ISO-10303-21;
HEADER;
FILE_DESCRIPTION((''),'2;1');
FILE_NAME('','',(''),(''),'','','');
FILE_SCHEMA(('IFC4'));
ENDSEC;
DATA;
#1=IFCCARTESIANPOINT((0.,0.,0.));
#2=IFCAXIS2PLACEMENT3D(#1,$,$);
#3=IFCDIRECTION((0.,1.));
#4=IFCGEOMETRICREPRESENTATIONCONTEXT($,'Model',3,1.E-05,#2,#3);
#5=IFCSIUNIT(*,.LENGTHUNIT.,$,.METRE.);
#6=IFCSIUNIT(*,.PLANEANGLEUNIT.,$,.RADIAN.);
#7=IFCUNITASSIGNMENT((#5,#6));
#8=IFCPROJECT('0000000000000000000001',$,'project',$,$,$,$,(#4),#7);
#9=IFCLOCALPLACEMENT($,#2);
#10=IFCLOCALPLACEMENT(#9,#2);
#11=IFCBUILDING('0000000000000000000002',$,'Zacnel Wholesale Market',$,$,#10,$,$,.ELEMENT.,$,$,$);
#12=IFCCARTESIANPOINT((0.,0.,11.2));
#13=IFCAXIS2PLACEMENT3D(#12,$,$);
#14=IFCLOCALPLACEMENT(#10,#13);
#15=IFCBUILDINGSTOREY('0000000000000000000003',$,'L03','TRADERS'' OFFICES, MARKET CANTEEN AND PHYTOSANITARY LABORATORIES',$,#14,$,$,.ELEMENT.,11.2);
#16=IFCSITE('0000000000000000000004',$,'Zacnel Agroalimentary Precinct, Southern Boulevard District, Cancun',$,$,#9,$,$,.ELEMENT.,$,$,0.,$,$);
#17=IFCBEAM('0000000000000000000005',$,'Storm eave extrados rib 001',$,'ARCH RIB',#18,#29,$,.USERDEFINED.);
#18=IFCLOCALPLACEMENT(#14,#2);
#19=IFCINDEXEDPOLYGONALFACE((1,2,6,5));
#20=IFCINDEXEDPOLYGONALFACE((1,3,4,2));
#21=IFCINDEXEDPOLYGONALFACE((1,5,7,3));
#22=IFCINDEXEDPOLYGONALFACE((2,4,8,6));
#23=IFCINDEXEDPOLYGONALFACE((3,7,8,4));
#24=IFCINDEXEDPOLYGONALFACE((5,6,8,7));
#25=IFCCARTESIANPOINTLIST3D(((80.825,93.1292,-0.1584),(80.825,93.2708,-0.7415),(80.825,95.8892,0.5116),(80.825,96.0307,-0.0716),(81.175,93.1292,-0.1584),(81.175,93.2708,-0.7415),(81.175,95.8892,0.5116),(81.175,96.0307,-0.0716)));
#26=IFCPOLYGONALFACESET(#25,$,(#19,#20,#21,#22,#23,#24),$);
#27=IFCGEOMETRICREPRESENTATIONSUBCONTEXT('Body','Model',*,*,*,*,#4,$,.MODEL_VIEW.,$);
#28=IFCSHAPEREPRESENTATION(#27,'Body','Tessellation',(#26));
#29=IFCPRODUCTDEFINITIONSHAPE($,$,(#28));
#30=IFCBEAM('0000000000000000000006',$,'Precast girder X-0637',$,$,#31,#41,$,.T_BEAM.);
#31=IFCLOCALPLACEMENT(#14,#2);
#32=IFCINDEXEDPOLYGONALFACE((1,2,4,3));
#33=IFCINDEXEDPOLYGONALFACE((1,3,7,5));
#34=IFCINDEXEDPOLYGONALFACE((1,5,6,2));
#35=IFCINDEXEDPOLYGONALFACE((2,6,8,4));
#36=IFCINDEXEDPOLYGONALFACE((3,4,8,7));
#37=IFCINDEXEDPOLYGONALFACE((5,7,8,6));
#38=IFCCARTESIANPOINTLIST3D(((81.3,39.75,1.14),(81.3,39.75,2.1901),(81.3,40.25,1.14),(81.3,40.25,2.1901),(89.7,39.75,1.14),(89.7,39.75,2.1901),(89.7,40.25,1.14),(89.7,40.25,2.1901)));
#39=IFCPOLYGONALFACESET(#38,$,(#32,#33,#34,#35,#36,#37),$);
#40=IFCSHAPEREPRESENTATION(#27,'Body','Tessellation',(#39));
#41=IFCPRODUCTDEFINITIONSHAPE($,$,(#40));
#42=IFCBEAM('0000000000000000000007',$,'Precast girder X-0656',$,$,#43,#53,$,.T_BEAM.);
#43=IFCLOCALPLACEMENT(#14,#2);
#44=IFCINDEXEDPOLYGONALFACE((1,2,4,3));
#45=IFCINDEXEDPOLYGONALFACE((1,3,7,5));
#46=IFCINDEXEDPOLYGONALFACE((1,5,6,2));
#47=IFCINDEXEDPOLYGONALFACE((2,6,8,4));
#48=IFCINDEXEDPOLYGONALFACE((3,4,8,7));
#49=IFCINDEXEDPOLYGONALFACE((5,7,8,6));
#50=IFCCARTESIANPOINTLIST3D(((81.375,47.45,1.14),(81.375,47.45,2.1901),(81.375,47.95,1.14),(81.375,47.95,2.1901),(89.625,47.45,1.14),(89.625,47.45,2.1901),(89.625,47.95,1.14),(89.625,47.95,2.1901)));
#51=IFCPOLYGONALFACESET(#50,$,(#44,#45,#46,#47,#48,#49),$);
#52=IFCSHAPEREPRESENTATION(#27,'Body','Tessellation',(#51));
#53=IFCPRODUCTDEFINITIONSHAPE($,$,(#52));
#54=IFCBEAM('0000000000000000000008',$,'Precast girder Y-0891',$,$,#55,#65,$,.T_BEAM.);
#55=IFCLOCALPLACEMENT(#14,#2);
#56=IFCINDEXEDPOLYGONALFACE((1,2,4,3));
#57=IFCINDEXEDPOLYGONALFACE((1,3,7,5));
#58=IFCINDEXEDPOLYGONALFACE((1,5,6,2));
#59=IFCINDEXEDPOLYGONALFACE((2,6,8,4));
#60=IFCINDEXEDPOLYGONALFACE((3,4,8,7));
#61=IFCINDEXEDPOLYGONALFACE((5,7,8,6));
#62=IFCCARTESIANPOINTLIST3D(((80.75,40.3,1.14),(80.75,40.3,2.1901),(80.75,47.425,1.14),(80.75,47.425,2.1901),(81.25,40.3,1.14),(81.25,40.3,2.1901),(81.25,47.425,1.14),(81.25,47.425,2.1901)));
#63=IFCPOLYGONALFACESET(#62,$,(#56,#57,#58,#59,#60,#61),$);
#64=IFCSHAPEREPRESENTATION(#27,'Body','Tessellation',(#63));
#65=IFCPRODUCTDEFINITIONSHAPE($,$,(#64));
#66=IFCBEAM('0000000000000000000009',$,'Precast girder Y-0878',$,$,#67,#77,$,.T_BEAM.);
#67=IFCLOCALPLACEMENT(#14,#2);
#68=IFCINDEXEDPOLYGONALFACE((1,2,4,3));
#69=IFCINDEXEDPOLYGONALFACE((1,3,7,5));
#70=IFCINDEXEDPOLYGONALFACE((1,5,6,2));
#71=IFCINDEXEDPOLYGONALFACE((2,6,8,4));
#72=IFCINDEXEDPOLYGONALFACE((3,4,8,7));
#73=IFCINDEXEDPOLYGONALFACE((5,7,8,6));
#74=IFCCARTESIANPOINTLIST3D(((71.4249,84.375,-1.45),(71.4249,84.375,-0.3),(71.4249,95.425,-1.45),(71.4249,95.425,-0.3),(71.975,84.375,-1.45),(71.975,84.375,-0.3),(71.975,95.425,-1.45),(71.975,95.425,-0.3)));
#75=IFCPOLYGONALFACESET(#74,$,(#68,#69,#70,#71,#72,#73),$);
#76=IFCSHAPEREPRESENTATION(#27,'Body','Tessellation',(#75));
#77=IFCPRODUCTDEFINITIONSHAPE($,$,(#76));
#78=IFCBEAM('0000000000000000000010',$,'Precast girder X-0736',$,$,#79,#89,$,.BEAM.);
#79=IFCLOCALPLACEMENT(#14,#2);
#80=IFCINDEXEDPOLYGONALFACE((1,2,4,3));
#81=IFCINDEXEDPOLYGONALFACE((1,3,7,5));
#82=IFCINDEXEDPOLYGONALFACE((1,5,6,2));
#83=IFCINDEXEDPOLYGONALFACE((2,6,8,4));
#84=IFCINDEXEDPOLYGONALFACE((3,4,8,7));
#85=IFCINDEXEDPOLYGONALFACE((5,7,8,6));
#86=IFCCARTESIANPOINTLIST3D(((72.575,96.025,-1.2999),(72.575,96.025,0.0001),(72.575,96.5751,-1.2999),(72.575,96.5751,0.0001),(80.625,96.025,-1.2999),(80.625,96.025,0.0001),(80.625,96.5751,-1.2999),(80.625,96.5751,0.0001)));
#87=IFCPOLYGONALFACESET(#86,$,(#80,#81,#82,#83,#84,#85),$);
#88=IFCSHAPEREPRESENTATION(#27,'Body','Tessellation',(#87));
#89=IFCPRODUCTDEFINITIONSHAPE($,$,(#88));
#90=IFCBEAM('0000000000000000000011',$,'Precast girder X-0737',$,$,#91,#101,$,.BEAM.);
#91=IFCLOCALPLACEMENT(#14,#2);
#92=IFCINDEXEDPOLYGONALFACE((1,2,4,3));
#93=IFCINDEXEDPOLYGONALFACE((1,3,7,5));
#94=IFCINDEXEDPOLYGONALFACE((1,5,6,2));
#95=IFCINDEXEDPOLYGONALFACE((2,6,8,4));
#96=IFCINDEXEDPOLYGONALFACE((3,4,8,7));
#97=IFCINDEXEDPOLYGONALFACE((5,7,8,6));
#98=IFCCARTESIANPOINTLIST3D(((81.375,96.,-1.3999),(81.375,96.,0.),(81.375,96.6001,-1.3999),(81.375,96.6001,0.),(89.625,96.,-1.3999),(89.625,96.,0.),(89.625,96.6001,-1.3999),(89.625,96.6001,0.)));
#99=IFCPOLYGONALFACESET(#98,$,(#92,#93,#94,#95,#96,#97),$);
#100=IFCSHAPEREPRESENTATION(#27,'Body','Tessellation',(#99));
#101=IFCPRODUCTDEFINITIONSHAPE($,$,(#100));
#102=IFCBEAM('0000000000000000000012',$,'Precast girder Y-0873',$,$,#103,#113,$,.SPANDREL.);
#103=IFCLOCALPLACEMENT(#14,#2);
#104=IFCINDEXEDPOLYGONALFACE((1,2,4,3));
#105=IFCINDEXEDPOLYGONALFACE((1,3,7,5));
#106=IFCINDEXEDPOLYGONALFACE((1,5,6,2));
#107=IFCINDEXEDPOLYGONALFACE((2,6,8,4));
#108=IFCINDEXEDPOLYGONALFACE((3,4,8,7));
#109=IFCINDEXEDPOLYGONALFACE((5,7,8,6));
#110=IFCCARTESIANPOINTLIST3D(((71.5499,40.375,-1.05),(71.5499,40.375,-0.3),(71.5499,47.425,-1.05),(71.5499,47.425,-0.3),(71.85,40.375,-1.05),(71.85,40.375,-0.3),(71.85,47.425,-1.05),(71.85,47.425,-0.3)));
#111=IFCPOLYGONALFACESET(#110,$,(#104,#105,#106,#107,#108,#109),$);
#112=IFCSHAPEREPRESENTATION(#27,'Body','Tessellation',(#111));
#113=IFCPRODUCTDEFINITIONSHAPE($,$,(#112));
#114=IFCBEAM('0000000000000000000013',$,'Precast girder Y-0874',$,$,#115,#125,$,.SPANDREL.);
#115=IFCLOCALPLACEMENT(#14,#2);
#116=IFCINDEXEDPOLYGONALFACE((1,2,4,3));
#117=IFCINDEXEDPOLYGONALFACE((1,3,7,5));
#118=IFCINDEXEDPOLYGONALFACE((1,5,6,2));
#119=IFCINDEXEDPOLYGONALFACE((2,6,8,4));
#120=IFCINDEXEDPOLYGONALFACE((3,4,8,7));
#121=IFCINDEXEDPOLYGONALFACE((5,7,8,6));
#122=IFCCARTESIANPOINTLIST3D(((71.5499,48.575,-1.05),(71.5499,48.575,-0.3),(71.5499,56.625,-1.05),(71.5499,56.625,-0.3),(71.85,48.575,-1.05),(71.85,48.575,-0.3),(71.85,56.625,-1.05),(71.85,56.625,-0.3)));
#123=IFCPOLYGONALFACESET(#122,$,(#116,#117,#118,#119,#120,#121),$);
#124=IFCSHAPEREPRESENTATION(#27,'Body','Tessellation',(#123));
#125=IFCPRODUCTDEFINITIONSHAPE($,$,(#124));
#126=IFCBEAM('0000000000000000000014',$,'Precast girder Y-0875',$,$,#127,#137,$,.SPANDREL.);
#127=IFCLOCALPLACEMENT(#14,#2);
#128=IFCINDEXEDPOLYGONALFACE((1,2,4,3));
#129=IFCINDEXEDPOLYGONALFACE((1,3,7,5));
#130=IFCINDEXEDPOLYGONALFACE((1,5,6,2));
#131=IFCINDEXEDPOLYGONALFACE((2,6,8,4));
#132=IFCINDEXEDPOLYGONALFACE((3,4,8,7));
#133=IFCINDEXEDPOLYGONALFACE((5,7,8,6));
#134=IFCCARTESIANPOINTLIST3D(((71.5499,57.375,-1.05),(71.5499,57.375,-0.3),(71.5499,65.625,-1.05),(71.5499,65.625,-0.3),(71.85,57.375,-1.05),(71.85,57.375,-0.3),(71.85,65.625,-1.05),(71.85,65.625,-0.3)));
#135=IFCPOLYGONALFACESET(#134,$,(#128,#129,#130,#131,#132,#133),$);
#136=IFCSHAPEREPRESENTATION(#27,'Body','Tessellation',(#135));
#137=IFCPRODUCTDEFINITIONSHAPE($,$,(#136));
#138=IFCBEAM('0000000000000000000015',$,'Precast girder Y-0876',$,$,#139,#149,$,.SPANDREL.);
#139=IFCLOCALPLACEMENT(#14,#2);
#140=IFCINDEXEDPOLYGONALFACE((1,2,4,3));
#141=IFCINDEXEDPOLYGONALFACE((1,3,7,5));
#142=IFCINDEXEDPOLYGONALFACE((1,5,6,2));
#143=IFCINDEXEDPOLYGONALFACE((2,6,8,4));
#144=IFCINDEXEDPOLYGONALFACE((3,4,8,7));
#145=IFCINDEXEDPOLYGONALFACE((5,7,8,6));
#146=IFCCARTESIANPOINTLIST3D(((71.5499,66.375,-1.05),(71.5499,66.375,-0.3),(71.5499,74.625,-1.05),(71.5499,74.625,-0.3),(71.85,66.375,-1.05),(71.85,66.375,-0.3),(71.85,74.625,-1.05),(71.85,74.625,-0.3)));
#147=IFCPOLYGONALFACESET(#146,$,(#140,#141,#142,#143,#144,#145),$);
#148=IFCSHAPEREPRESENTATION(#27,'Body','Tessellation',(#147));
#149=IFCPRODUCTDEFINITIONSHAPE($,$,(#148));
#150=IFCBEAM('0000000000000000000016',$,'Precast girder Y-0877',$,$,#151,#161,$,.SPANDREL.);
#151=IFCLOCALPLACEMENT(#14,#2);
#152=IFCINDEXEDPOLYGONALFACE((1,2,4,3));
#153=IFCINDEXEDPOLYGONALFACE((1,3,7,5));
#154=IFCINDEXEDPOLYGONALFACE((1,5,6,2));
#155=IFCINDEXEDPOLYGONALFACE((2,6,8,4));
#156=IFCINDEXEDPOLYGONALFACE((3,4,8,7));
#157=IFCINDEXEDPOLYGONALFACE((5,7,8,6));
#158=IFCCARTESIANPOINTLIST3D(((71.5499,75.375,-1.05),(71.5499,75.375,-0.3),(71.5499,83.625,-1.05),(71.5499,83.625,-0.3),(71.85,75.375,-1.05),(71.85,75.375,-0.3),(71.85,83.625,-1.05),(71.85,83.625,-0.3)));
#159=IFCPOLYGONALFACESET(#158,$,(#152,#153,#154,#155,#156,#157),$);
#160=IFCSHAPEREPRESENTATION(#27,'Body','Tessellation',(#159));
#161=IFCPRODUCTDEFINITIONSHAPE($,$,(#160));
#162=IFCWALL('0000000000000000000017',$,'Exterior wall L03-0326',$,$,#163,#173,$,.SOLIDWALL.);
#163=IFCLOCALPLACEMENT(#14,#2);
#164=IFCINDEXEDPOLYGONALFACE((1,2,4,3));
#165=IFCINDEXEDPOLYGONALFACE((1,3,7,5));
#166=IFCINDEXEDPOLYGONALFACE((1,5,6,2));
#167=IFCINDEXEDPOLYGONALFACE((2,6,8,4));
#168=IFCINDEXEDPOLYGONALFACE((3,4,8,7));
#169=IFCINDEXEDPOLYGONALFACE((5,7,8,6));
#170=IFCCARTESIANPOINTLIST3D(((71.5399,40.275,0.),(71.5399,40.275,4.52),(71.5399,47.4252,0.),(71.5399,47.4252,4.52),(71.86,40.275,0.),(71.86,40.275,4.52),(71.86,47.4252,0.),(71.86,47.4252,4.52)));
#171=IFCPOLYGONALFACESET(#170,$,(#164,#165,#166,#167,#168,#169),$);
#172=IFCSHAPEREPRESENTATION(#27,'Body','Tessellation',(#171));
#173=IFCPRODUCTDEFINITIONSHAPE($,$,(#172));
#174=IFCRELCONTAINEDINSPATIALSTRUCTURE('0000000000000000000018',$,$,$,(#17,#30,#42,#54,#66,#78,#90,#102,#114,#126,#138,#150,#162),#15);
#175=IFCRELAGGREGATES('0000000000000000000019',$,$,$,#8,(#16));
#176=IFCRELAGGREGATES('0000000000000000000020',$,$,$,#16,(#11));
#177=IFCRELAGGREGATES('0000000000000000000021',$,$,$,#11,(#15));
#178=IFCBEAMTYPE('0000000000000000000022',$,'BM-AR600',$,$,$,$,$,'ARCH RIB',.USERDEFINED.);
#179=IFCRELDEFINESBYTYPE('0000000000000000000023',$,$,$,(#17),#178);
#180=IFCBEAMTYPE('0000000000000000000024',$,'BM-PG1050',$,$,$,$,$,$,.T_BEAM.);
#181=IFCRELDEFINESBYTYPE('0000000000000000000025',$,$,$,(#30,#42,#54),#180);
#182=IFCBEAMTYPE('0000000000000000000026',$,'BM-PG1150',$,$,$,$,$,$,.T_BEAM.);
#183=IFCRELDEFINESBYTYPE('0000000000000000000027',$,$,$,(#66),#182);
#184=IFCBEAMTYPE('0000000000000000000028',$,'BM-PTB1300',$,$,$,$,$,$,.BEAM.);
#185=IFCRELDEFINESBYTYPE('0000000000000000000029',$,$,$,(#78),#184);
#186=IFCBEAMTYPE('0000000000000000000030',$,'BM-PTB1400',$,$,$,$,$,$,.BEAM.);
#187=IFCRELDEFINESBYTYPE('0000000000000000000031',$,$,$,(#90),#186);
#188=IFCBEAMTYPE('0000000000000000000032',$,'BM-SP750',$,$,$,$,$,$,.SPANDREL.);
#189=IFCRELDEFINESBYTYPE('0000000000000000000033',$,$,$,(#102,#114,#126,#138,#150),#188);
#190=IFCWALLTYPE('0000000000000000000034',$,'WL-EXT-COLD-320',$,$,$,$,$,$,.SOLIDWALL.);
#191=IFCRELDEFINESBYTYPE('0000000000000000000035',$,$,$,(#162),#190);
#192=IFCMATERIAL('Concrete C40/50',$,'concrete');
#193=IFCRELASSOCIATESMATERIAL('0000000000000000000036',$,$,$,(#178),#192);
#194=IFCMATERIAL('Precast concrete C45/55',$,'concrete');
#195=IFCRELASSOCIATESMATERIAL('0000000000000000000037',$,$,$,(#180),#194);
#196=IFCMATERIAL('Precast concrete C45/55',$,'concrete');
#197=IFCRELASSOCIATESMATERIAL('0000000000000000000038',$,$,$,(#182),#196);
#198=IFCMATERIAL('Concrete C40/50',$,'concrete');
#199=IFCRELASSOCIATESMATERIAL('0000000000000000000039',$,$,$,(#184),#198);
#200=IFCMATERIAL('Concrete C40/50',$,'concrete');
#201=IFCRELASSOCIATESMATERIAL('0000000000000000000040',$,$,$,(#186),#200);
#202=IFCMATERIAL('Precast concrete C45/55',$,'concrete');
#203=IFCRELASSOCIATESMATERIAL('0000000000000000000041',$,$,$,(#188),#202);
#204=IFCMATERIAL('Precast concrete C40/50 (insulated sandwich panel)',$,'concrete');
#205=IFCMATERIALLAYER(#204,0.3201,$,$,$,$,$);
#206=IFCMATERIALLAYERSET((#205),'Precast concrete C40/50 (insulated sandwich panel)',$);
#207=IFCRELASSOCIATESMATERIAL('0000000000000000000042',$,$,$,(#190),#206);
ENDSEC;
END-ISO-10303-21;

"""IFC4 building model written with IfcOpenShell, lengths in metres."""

from ifc_helpers import new_model, si_unit, direction, frame, frame_2d, origin, origin_2d, place, context, subcontext, project, spatial, rectangle, extrude, material, layer, layer_set, material_profile, profile_set, type_object, element, save


model = new_model("IFC4")

# Units and contexts
model_context = context("Model", 3, precision=1e-05, world=origin(), true_north=direction((0.0, 1.0)))
body_context = subcontext(model_context, "Body", "Model", "MODEL_VIEW")
ifc_project = project(units=[si_unit("LENGTHUNIT", "METRE"), si_unit("PLANEANGLEUNIT", "RADIAN")], contexts=[model_context])

# Site, building, storey
site_placement = place(None, origin())
site = spatial("IfcSite", under=ifc_project, at=site_placement, Name="Zacnel Agroalimentary Precinct, Southern Boulevard District, Cancun", CompositionType="ELEMENT", RefElevation=0.0)
building_placement = place(site_placement, origin())
building = spatial("IfcBuilding", under=site, at=building_placement, Name="Zacnel Wholesale Market", CompositionType="ELEMENT")
storey_placement = place(building_placement, frame((0.0, 0.0, 11.2)))
storey = spatial("IfcBuildingStorey", under=building, at=storey_placement, Name="L03", Description="TRADERS' OFFICES, MARKET CANTEEN AND PHYTOSANITARY LABORATORIES", CompositionType="ELEMENT", Elevation=11.2)

# Beams
ifc_material_1 = material(Name="Concrete C40/50", Category="concrete")
ifc_material_profile_1 = material_profile(ifc_material_1, rectangle(XDim=0.3501, YDim=0.6001, at=origin_2d()), Name="ARCH RIB 350x600")
ifc_profile_set_1 = profile_set([ifc_material_profile_1], Name="Concrete C40/50")
beam_type_1 = type_object("IfcBeamType", Name="BM-AR600", ElementType="ARCH RIB", PredefinedType="USERDEFINED", material=ifc_profile_set_1)
beam_1_placement = place(storey_placement, frame((81.0, 95.96, 0.22), z_axis=(0.0, -0.971783, -0.235876), x_axis=(1.0, 0.0, 0.0)))
element("IfcBeam", 1, at=beam_1_placement, inside=storey, type_object=beam_type_1, Name="Storm eave extrados rib 001", ObjectType="ARCH RIB", PredefinedType="USERDEFINED", context=body_context, shape_type="SweptSolid", body=[
    extrude(rectangle(XDim=0.3501, YDim=0.6001, at=origin_2d()), origin(), (0.0, 0.0, 1.0), 2.8401),
])
ifc_material_2 = material(Name="Precast concrete C45/55", Category="concrete")
ifc_material_profile_2 = material_profile(ifc_material_2, rectangle(XDim=0.5, YDim=1.05, at=origin_2d()), Name="PG 500x1050")
ifc_profile_set_2 = profile_set([ifc_material_profile_2], Name="Precast concrete C45/55")
beam_type_2 = type_object("IfcBeamType", Name="BM-PG1050", PredefinedType="T_BEAM", material=ifc_profile_set_2)
beam_2_placement = place(storey_placement, frame((81.3, 40.0, 1.665), z_axis=(1.0, 0.0, 0.0), x_axis=(0.0, 1.0, 0.0)))
element("IfcBeam", 2, at=beam_2_placement, inside=storey, type_object=beam_type_2, Name="Precast girder X-0637", PredefinedType="T_BEAM", context=body_context, shape_type="SweptSolid", body=[
    extrude(rectangle(XDim=0.5, YDim=1.05, at=origin_2d()), origin(), (0.0, 0.0, 1.0), 8.3999),
])
beam_3_placement = place(storey_placement, frame((81.375, 47.7, 1.665), z_axis=(1.0, 0.0, 0.0), x_axis=(0.0, 1.0, 0.0)))
element("IfcBeam", 3, at=beam_3_placement, inside=storey, type_object=beam_type_2, Name="Precast girder X-0656", PredefinedType="T_BEAM", context=body_context, shape_type="SweptSolid", body=[
    extrude(rectangle(XDim=0.5, YDim=1.05, at=origin_2d()), origin(), (0.0, 0.0, 1.0), 8.25),
])
beam_4_placement = place(storey_placement, frame((81.0, 40.3, 1.665), z_axis=(0.0, 1.0, 0.0), x_axis=(-1.0, 0.0, 0.0)))
element("IfcBeam", 4, at=beam_4_placement, inside=storey, type_object=beam_type_2, Name="Precast girder Y-0891", PredefinedType="T_BEAM", context=body_context, shape_type="SweptSolid", body=[
    extrude(rectangle(XDim=0.5, YDim=1.05, at=origin_2d()), origin(), (0.0, 0.0, 1.0), 7.125),
])
ifc_material_3 = material(Name="Precast concrete C45/55", Category="concrete")
ifc_material_profile_3 = material_profile(ifc_material_3, rectangle(XDim=0.55, YDim=1.1499, at=origin_2d()), Name="PG 550x1150")
ifc_profile_set_3 = profile_set([ifc_material_profile_3], Name="Precast concrete C45/55")
beam_type_3 = type_object("IfcBeamType", Name="BM-PG1150", PredefinedType="T_BEAM", material=ifc_profile_set_3)
beam_5_placement = place(storey_placement, frame((71.7, 84.375, -0.875), z_axis=(0.0, 1.0, 0.0), x_axis=(-1.0, 0.0, 0.0)))
element("IfcBeam", 5, at=beam_5_placement, inside=storey, type_object=beam_type_3, Name="Precast girder Y-0878", PredefinedType="T_BEAM", context=body_context, shape_type="SweptSolid", body=[
    extrude(rectangle(XDim=0.55, YDim=1.1499, at=origin_2d()), origin(), (0.0, 0.0, 1.0), 11.05),
])
ifc_material_4 = material(Name="Concrete C40/50", Category="concrete")
ifc_material_profile_4 = material_profile(ifc_material_4, rectangle(XDim=0.55, YDim=1.3, at=origin_2d()), Name="PTB 550x1300")
ifc_profile_set_4 = profile_set([ifc_material_profile_4], Name="Concrete C40/50")
beam_type_4 = type_object("IfcBeamType", Name="BM-PTB1300", PredefinedType="BEAM", material=ifc_profile_set_4)
beam_6_placement = place(storey_placement, frame((72.575, 96.3, -0.6499), z_axis=(1.0, 0.0, 0.0), x_axis=(0.0, 1.0, 0.0)))
element("IfcBeam", 6, at=beam_6_placement, inside=storey, type_object=beam_type_4, Name="Precast girder X-0736", PredefinedType="BEAM", context=body_context, shape_type="SweptSolid", body=[
    extrude(rectangle(XDim=0.55, YDim=1.3, at=origin_2d()), origin(), (0.0, 0.0, 1.0), 8.05),
])
ifc_material_5 = material(Name="Concrete C40/50", Category="concrete")
ifc_material_profile_5 = material_profile(ifc_material_5, rectangle(XDim=0.6001, YDim=1.3999, at=origin_2d()), Name="PTB 600x1400")
ifc_profile_set_5 = profile_set([ifc_material_profile_5], Name="Concrete C40/50")
beam_type_5 = type_object("IfcBeamType", Name="BM-PTB1400", PredefinedType="BEAM", material=ifc_profile_set_5)
beam_7_placement = place(storey_placement, frame((81.375, 96.3, -0.7), z_axis=(1.0, 0.0, 0.0), x_axis=(0.0, 1.0, 0.0)))
element("IfcBeam", 7, at=beam_7_placement, inside=storey, type_object=beam_type_5, Name="Precast girder X-0737", PredefinedType="BEAM", context=body_context, shape_type="SweptSolid", body=[
    extrude(rectangle(XDim=0.6001, YDim=1.3999, at=origin_2d()), origin(), (0.0, 0.0, 1.0), 8.25),
])
ifc_material_6 = material(Name="Precast concrete C45/55", Category="concrete")
ifc_material_profile_6 = material_profile(ifc_material_6, rectangle(XDim=0.3, YDim=0.75, at=origin_2d()), Name="SP 300x750")
ifc_profile_set_6 = profile_set([ifc_material_profile_6], Name="Precast concrete C45/55")
beam_type_6 = type_object("IfcBeamType", Name="BM-SP750", PredefinedType="SPANDREL", material=ifc_profile_set_6)
beam_8_placement = place(storey_placement, frame((71.7, 40.375, -0.675), z_axis=(0.0, 1.0, 0.0), x_axis=(-1.0, 0.0, 0.0)))
element("IfcBeam", 8, at=beam_8_placement, inside=storey, type_object=beam_type_6, Name="Precast girder Y-0873", PredefinedType="SPANDREL", context=body_context, shape_type="SweptSolid", body=[
    extrude(rectangle(XDim=0.3, YDim=0.75, at=origin_2d()), origin(), (0.0, 0.0, 1.0), 7.05),
])
beam_9_placement = place(storey_placement, frame((71.7, 48.575, -0.675), z_axis=(0.0, 1.0, 0.0), x_axis=(-1.0, 0.0, 0.0)))
element("IfcBeam", 9, at=beam_9_placement, inside=storey, type_object=beam_type_6, Name="Precast girder Y-0874", PredefinedType="SPANDREL", context=body_context, shape_type="SweptSolid", body=[
    extrude(rectangle(XDim=0.3, YDim=0.75, at=origin_2d()), origin(), (0.0, 0.0, 1.0), 8.05),
])
for number, where, z_axis, x_axis, name in (
    (10, (71.7, 57.375, -0.675), (0.0, 1.0, 0.0), (-1.0, 0.0, 0.0), "Precast girder Y-0875"),
    (11, (71.7, 66.375, -0.675), (0.0, 1.0, 0.0), (-1.0, 0.0, 0.0), "Precast girder Y-0876"),
    (12, (71.7, 75.375, -0.675), (0.0, 1.0, 0.0), (-1.0, 0.0, 0.0), "Precast girder Y-0877"),
):
    element("IfcBeam", number, at=place(storey_placement, frame(where, z_axis=z_axis, x_axis=x_axis)), inside=storey, type_object=beam_type_6, Name=name, PredefinedType="SPANDREL", context=body_context, shape_type="SweptSolid", body=[
        extrude(rectangle(XDim=0.3, YDim=0.75, at=origin_2d()), origin(), (0.0, 0.0, 1.0), 8.25),
    ])

# Wall
ifc_material_7 = material(Name="Precast concrete C40/50 (insulated sandwich panel)", Category="concrete")
ifc_layer = layer(ifc_material_7, 0.3201)
ifc_layer_set = layer_set([ifc_layer], Name="Precast concrete C40/50 (insulated sandwich panel)")
wall_type = type_object("IfcWallType", Name="WL-EXT-COLD-320", PredefinedType="SOLIDWALL", material=ifc_layer_set)
wall_1_placement = place(storey_placement, frame((71.7, 40.2749, 0.0), z_axis=(0.0, 0.0, 1.0), x_axis=(0.0, 1.0, 0.0)))
element("IfcWall", 13, at=wall_1_placement, inside=storey, type_object=wall_type, Name="Exterior wall L03-0326", PredefinedType="SOLIDWALL", context=body_context, shape_type="SweptSolid", body=[
    extrude(rectangle(XDim=7.1501, YDim=0.3201, at=frame_2d((3.5752, 0.0))), origin(), (0.0, 0.0, 1.0), 4.52),
])

save(model, "model.ifc")
